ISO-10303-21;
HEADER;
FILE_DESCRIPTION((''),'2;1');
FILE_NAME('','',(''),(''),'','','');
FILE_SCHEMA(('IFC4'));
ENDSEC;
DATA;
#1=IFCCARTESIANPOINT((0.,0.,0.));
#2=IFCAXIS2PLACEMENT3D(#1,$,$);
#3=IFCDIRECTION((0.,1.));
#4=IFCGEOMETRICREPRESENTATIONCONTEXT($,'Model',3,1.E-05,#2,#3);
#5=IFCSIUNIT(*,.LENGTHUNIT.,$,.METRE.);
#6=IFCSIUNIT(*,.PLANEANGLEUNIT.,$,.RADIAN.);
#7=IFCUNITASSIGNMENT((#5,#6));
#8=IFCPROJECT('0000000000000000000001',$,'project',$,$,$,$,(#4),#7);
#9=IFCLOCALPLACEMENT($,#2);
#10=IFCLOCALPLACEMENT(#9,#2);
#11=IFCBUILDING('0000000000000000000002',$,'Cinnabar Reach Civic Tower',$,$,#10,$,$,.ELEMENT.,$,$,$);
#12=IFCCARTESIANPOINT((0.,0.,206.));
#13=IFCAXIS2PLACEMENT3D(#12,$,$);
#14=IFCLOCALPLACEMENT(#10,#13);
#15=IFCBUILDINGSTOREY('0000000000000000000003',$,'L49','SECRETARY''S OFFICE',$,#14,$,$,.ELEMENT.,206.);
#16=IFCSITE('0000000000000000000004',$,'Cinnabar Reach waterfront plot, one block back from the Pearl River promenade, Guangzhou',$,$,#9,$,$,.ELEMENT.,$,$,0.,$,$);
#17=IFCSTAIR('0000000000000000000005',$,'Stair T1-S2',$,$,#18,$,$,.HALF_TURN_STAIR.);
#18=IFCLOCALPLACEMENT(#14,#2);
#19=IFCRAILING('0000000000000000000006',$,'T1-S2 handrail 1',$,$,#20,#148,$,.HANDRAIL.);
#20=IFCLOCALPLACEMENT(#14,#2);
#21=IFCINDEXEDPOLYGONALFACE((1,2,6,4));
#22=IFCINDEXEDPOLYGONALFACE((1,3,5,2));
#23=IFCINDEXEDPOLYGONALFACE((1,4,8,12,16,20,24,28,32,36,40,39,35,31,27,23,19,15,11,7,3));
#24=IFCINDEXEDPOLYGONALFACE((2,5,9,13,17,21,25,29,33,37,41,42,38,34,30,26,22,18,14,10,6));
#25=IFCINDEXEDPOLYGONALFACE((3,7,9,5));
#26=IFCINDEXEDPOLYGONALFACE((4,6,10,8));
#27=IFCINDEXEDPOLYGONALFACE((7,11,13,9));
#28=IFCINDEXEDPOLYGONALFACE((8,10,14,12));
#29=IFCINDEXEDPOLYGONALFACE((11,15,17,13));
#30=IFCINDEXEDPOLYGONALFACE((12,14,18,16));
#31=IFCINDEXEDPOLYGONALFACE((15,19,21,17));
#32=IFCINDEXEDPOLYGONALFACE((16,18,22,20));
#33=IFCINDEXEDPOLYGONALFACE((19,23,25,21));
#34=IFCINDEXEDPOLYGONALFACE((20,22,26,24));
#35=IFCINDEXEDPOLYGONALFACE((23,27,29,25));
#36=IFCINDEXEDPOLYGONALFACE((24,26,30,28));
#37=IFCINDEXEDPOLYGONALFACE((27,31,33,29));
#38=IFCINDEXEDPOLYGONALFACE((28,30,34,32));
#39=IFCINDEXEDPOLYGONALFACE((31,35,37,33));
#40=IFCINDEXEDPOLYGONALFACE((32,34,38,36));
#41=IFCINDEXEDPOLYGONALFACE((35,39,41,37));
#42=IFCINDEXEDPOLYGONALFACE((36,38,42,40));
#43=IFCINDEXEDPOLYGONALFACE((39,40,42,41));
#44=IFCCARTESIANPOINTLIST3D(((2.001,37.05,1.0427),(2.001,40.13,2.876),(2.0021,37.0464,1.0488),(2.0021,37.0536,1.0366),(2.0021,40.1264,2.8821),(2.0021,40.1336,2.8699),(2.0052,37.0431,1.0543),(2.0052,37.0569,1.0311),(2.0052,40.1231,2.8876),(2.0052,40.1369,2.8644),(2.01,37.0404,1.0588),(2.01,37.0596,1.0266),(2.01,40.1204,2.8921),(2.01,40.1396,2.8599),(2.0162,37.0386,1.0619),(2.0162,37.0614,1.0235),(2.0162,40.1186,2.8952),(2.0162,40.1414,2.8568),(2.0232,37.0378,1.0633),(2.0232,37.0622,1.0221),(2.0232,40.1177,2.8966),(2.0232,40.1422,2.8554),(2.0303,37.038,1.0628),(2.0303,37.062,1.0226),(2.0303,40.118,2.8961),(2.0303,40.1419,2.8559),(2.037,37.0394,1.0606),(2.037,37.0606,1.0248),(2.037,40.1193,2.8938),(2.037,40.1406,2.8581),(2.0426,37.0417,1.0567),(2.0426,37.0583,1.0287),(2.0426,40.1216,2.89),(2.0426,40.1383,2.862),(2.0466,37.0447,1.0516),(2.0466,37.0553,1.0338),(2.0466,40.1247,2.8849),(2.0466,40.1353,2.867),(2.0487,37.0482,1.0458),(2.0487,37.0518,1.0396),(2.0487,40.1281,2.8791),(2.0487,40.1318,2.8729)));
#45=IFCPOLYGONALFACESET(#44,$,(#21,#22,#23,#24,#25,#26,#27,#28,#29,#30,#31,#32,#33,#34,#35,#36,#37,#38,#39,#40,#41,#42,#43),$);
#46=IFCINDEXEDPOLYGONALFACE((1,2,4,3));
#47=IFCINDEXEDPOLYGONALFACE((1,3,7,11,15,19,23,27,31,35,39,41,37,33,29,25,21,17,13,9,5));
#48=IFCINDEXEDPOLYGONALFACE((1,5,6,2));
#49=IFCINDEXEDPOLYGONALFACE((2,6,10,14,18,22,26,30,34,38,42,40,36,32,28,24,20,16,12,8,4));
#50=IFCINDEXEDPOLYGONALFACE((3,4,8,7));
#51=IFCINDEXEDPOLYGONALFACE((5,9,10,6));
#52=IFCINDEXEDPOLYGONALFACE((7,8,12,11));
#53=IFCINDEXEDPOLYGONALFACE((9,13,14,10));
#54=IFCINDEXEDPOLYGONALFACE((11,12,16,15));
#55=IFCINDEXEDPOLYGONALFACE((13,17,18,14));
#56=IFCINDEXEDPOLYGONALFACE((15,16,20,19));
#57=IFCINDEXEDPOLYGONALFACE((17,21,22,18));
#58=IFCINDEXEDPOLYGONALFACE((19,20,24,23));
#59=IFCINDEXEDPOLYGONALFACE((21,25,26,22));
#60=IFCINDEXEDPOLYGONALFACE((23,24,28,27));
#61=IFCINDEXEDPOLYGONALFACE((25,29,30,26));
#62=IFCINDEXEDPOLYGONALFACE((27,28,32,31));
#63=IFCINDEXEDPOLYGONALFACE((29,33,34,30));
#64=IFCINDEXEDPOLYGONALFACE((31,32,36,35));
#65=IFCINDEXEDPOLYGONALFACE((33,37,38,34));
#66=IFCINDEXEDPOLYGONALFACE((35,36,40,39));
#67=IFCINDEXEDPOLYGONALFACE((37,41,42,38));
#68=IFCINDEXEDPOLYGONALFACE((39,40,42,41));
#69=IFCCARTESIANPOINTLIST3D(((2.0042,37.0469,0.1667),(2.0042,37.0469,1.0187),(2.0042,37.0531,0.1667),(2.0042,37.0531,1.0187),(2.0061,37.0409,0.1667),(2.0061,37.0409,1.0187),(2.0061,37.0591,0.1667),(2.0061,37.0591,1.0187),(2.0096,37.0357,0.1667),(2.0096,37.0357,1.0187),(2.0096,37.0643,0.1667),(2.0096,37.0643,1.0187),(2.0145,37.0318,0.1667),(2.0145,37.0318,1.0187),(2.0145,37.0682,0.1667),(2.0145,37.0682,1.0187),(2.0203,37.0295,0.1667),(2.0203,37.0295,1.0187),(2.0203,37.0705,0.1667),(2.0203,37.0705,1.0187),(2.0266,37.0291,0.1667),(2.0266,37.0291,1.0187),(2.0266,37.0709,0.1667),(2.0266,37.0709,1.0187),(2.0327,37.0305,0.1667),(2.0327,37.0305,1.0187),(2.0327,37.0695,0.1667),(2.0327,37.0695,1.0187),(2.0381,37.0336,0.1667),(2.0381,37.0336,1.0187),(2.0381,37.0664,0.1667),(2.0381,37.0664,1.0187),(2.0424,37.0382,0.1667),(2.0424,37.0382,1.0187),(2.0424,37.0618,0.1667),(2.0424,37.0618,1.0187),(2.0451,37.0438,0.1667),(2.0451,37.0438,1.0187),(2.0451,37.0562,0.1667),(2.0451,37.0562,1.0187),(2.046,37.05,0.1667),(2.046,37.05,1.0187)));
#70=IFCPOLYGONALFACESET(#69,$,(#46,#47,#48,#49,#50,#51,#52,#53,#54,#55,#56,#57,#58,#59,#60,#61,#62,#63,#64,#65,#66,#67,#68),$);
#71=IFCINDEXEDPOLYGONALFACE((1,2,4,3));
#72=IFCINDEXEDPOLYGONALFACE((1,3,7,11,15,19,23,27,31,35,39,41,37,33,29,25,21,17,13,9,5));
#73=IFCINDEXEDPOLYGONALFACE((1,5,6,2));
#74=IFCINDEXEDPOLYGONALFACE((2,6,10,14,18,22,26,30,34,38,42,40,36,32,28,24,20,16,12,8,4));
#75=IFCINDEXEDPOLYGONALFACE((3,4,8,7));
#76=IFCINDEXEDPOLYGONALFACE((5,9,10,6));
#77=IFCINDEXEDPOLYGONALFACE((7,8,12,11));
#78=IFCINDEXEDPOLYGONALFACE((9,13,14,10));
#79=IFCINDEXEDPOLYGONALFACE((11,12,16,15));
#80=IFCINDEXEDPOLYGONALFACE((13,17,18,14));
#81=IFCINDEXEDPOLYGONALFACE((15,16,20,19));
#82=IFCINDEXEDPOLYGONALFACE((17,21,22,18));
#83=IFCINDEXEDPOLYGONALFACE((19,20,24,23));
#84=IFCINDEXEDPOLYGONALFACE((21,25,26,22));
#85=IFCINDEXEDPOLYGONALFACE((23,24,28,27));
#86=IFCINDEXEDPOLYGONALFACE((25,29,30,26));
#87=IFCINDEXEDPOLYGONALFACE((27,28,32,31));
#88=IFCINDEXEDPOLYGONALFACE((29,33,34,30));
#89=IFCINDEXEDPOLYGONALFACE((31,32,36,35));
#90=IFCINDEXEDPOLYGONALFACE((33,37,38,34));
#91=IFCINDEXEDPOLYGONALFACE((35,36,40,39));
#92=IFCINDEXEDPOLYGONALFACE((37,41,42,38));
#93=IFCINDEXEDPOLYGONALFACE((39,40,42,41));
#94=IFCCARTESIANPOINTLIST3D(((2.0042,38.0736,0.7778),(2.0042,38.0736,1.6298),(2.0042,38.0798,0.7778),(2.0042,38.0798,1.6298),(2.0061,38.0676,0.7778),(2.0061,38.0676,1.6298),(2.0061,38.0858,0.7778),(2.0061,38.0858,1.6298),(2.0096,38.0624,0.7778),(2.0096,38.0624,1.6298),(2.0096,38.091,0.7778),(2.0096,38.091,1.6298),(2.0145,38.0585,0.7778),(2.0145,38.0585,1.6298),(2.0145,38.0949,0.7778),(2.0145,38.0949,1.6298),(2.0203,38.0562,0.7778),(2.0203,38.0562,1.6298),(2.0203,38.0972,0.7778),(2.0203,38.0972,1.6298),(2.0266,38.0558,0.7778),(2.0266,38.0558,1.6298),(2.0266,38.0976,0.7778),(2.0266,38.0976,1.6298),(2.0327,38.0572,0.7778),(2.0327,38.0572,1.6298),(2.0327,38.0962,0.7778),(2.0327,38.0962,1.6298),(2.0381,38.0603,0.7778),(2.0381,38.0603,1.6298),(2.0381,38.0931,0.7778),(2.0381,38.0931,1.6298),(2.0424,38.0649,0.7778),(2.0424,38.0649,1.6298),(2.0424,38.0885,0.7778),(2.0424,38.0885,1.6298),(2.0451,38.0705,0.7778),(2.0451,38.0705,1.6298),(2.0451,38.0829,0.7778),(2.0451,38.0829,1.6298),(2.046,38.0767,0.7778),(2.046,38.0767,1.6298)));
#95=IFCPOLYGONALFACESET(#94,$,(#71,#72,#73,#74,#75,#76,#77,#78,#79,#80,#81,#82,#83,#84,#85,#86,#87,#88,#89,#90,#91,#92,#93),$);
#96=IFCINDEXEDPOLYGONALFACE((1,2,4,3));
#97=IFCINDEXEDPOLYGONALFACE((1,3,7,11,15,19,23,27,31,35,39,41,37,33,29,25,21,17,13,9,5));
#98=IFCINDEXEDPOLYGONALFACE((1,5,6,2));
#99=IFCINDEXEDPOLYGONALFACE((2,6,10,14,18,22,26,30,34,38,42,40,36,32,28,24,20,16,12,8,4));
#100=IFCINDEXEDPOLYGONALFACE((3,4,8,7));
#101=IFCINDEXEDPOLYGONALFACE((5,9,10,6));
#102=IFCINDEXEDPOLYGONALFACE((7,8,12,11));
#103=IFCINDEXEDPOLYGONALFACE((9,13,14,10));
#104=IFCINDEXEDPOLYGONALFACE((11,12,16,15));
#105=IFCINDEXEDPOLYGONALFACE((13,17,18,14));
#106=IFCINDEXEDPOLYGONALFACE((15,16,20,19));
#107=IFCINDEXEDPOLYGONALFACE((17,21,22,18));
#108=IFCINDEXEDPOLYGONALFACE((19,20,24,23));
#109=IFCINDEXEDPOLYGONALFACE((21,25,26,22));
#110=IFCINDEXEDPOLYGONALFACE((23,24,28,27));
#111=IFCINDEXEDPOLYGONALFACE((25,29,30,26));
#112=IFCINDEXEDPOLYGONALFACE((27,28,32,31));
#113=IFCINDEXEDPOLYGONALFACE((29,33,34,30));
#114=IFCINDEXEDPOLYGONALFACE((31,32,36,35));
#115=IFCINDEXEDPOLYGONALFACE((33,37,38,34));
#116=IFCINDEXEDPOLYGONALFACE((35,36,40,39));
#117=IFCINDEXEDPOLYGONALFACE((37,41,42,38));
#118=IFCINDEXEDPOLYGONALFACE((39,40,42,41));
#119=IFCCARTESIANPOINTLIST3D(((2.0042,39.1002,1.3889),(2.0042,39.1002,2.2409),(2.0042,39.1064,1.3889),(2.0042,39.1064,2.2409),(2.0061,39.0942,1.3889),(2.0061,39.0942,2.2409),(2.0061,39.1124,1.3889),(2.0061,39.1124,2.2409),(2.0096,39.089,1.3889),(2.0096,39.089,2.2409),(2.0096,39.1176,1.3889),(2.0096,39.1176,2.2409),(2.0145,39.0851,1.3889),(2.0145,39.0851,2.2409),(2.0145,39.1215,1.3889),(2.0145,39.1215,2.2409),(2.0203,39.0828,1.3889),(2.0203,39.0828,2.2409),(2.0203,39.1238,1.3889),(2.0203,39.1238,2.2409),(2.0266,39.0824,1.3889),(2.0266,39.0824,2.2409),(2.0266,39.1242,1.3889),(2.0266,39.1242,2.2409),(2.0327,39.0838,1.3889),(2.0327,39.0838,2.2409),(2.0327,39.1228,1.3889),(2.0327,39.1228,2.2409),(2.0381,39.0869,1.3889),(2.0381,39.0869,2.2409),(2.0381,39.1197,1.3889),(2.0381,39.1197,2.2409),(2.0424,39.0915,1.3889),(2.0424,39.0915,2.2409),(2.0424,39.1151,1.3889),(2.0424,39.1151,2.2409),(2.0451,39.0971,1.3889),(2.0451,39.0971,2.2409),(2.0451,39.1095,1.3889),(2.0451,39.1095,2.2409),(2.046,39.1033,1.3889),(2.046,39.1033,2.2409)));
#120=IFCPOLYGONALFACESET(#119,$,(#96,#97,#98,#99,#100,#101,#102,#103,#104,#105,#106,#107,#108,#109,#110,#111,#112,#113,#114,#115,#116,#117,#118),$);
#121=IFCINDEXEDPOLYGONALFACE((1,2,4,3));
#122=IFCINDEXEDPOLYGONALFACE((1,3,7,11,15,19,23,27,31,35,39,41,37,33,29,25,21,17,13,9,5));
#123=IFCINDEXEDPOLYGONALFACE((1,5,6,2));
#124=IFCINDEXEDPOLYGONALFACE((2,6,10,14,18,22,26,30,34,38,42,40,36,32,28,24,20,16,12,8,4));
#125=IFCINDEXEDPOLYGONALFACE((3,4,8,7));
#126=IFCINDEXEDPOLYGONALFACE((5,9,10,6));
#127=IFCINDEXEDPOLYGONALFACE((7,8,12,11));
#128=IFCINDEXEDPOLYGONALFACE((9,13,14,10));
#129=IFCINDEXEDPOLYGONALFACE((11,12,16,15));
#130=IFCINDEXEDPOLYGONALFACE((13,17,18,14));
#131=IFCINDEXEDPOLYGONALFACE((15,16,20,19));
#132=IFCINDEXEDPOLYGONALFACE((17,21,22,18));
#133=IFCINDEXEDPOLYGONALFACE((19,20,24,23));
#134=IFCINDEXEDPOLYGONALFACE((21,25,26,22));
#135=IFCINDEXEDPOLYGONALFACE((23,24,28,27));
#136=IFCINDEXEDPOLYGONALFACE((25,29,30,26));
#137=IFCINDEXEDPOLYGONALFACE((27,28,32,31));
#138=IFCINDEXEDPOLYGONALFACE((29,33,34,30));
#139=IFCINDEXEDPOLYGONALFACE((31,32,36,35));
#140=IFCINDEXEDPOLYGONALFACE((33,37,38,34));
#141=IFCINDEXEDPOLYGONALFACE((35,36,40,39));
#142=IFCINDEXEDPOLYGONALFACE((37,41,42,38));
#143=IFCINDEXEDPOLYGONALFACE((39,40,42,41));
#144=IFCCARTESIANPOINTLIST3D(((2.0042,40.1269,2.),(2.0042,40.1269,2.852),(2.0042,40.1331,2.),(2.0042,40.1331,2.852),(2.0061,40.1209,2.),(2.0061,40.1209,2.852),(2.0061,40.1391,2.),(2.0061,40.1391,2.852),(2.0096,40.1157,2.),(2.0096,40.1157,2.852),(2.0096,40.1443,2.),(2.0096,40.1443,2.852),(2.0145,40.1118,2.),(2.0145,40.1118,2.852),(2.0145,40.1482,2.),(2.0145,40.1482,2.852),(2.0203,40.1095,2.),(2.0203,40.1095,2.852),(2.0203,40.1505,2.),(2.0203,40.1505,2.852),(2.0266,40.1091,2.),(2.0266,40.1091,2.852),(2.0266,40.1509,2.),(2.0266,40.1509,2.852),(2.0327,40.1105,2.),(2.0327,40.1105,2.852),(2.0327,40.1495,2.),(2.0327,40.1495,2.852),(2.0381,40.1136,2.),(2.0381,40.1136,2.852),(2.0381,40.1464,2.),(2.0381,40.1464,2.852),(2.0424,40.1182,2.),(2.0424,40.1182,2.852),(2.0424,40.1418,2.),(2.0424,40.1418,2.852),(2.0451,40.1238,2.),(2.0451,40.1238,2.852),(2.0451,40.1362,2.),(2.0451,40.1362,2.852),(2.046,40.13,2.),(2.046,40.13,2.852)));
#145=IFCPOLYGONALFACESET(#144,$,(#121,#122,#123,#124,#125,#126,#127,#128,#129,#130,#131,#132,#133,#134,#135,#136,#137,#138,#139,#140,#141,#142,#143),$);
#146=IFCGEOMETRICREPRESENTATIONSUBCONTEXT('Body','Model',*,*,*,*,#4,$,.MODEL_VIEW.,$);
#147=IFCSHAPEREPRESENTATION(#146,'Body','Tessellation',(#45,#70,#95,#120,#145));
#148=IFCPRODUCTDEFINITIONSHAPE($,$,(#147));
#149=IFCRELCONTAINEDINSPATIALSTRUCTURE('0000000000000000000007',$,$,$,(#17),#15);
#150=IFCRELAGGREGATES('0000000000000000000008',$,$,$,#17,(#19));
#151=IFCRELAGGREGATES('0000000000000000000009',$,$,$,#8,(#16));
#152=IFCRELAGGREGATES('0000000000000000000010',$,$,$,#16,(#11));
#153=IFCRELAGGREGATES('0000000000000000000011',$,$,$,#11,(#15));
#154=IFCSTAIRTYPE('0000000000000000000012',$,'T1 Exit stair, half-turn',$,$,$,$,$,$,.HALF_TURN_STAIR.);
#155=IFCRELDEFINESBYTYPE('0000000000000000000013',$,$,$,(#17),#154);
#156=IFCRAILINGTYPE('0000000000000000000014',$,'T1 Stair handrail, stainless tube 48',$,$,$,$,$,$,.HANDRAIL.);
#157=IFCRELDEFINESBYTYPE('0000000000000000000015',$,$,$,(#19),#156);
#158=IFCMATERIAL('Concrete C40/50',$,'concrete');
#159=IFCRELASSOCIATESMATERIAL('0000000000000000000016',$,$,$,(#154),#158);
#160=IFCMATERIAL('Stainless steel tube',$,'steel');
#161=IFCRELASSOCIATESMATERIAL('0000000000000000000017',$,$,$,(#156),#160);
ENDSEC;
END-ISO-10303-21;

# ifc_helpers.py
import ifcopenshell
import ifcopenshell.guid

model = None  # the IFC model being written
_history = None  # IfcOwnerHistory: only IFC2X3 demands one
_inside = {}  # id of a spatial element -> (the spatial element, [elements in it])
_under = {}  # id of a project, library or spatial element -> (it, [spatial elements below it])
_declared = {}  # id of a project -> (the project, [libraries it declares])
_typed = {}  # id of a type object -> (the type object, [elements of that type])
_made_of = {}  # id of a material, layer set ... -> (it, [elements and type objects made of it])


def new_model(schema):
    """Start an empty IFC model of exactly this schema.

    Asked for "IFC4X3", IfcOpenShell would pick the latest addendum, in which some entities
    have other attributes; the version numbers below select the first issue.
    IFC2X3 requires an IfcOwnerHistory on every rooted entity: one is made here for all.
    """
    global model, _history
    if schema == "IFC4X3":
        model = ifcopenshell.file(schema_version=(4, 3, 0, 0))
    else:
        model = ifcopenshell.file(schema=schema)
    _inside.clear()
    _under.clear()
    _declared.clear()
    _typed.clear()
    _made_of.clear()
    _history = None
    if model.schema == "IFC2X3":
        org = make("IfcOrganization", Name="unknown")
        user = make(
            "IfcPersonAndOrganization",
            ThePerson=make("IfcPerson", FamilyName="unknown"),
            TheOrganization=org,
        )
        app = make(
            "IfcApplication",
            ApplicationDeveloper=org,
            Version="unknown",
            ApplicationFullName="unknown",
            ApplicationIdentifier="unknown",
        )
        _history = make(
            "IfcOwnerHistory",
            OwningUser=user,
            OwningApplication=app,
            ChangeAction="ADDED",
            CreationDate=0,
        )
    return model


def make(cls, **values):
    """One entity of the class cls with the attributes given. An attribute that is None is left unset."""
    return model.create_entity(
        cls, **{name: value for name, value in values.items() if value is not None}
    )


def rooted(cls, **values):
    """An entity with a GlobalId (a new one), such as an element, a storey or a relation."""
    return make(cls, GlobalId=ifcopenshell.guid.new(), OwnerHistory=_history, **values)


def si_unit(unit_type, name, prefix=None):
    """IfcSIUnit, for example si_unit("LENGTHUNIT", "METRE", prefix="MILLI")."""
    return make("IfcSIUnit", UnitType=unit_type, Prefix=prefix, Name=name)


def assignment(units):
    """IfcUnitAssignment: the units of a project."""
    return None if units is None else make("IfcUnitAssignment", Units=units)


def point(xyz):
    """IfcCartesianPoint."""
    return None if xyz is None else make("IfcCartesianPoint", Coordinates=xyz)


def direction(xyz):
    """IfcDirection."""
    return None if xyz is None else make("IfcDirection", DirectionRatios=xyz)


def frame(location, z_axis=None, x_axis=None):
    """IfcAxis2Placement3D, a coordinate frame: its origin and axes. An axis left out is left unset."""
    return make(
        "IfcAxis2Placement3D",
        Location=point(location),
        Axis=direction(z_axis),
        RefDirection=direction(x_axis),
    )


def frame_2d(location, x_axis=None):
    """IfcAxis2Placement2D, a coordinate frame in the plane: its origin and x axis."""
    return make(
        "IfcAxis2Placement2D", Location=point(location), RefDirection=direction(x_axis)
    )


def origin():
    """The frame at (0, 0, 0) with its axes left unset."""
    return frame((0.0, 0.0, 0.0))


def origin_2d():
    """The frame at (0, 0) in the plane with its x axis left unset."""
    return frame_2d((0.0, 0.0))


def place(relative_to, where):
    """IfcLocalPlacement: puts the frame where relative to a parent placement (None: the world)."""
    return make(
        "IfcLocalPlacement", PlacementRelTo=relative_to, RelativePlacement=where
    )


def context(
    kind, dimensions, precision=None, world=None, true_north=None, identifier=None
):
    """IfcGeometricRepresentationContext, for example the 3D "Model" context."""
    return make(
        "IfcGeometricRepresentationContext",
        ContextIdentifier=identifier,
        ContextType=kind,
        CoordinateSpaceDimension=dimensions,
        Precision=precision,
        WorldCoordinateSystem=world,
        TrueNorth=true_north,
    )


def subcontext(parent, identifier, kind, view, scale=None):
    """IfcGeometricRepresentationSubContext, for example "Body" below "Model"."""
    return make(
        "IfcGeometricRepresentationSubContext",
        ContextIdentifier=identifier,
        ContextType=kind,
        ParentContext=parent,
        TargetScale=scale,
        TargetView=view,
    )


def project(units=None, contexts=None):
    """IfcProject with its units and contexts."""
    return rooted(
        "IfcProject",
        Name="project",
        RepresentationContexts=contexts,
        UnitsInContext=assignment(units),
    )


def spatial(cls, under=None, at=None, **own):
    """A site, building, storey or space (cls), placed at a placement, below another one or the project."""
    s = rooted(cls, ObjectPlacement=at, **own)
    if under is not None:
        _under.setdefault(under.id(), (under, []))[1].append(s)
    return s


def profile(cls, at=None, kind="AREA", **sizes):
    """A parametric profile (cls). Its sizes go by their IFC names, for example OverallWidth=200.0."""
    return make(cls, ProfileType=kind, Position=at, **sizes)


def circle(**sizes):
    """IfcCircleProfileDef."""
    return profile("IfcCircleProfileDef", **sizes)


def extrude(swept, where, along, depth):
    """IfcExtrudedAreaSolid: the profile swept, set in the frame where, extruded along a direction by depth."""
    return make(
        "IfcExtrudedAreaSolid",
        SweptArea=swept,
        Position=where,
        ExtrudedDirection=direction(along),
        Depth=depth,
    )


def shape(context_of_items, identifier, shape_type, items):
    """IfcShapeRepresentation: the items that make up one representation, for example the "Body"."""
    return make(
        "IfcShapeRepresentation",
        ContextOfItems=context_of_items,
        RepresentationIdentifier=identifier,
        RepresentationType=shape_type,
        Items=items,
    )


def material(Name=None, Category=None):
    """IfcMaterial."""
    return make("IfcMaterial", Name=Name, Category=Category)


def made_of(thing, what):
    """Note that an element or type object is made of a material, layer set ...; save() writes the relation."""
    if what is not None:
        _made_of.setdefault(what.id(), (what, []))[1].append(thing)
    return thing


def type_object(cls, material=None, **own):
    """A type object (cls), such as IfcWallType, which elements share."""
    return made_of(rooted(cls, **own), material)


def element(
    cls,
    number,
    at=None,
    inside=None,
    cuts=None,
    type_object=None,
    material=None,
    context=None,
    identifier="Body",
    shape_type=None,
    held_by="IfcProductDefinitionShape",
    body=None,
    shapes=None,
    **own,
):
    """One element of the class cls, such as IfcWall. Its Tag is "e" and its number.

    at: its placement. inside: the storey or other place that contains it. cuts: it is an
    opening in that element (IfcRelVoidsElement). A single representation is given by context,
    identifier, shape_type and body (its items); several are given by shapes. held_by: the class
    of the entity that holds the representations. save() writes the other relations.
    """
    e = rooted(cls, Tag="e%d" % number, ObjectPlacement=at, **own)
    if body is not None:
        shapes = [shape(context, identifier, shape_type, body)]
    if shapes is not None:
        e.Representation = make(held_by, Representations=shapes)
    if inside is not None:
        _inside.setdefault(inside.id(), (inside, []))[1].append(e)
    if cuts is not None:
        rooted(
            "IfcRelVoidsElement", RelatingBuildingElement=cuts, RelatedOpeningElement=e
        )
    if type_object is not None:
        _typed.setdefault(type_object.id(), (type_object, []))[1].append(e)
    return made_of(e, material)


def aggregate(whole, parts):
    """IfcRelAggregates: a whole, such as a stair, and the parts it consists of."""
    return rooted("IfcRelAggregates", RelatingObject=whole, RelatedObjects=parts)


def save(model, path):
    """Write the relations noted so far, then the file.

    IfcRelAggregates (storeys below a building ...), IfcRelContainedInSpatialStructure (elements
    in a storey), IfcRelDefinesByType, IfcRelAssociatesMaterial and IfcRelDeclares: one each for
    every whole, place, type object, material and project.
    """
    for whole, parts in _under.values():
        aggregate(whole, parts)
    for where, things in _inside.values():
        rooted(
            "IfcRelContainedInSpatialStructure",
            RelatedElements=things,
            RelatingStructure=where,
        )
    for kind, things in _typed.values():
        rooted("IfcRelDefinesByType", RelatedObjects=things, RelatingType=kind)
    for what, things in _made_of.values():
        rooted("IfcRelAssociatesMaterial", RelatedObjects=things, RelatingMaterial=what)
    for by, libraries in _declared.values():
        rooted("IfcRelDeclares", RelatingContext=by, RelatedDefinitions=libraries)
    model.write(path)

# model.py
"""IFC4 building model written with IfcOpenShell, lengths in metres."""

from ifc_helpers import new_model, si_unit, direction, frame, origin, origin_2d, place, context, subcontext, project, spatial, circle, extrude, material, type_object, element, aggregate, save


model = new_model("IFC4")

# Units and contexts
model_context = context("Model", 3, precision=1e-05, world=origin(), true_north=direction((0.0, 1.0)))
body_context = subcontext(model_context, "Body", "Model", "MODEL_VIEW")
ifc_project = project(units=[si_unit("LENGTHUNIT", "METRE"), si_unit("PLANEANGLEUNIT", "RADIAN")], contexts=[model_context])

# Site, building, storey
site_placement = place(None, origin())
site = spatial("IfcSite", under=ifc_project, at=site_placement, Name="Cinnabar Reach waterfront plot, one block back from the Pearl River promenade, Guangzhou", CompositionType="ELEMENT", RefElevation=0.0)
building_placement = place(site_placement, origin())
building = spatial("IfcBuilding", under=site, at=building_placement, Name="Cinnabar Reach Civic Tower", CompositionType="ELEMENT")
storey_placement = place(building_placement, frame((0.0, 0.0, 206.0)))
storey = spatial("IfcBuildingStorey", under=building, at=storey_placement, Name="L49", Description="SECRETARY'S OFFICE", CompositionType="ELEMENT", Elevation=206.0)

# Shared definitions
ifc_material_1 = material(Name="Concrete C40/50", Category="concrete")

# Stair, railing
stair_type = type_object("IfcStairType", Name="T1 Exit stair, half-turn", PredefinedType="HALF_TURN_STAIR", material=ifc_material_1)
stair_placement = place(storey_placement, origin())
stair = element("IfcStair", 1, at=stair_placement, inside=storey, type_object=stair_type, Name="Stair T1-S2", PredefinedType="HALF_TURN_STAIR")
ifc_material_2 = material(Name="Stainless steel tube", Category="steel")
railing_type = type_object("IfcRailingType", Name="T1 Stair handrail, stainless tube 48", PredefinedType="HANDRAIL", material=ifc_material_2)
railing_1_placement = place(storey_placement, frame((2.025, 37.05, 0.1667)))
railing_1 = element("IfcRailing", 2, at=railing_1_placement, type_object=railing_type, Name="T1-S2 handrail 1", PredefinedType="HANDRAIL", context=body_context, shape_type="SweptSolid", body=[
    extrude(circle(Radius=0.024, at=origin_2d()), frame((0.0, 0.0, 0.876), z_axis=(0.0, 0.859297, 0.511477), x_axis=(-1.0, 0.0, 0.0)), (0.0, 0.0, 1.0), 3.5843),
    extrude(circle(Radius=0.021, at=origin_2d()), origin(), (0.0, 0.0, 1.0), 0.852),
    extrude(circle(Radius=0.021, at=origin_2d()), frame((0.0, 1.0267, 0.6111)), (0.0, 0.0, 1.0), 0.852),
    extrude(circle(Radius=0.021, at=origin_2d()), frame((0.0, 2.0533, 1.2222)), (0.0, 0.0, 1.0), 0.852),
    extrude(circle(Radius=0.021, at=origin_2d()), frame((0.0, 3.08, 1.8333)), (0.0, 0.0, 1.0), 0.852),
])
aggregate(stair, [railing_1])

save(model, "model.ifc")
